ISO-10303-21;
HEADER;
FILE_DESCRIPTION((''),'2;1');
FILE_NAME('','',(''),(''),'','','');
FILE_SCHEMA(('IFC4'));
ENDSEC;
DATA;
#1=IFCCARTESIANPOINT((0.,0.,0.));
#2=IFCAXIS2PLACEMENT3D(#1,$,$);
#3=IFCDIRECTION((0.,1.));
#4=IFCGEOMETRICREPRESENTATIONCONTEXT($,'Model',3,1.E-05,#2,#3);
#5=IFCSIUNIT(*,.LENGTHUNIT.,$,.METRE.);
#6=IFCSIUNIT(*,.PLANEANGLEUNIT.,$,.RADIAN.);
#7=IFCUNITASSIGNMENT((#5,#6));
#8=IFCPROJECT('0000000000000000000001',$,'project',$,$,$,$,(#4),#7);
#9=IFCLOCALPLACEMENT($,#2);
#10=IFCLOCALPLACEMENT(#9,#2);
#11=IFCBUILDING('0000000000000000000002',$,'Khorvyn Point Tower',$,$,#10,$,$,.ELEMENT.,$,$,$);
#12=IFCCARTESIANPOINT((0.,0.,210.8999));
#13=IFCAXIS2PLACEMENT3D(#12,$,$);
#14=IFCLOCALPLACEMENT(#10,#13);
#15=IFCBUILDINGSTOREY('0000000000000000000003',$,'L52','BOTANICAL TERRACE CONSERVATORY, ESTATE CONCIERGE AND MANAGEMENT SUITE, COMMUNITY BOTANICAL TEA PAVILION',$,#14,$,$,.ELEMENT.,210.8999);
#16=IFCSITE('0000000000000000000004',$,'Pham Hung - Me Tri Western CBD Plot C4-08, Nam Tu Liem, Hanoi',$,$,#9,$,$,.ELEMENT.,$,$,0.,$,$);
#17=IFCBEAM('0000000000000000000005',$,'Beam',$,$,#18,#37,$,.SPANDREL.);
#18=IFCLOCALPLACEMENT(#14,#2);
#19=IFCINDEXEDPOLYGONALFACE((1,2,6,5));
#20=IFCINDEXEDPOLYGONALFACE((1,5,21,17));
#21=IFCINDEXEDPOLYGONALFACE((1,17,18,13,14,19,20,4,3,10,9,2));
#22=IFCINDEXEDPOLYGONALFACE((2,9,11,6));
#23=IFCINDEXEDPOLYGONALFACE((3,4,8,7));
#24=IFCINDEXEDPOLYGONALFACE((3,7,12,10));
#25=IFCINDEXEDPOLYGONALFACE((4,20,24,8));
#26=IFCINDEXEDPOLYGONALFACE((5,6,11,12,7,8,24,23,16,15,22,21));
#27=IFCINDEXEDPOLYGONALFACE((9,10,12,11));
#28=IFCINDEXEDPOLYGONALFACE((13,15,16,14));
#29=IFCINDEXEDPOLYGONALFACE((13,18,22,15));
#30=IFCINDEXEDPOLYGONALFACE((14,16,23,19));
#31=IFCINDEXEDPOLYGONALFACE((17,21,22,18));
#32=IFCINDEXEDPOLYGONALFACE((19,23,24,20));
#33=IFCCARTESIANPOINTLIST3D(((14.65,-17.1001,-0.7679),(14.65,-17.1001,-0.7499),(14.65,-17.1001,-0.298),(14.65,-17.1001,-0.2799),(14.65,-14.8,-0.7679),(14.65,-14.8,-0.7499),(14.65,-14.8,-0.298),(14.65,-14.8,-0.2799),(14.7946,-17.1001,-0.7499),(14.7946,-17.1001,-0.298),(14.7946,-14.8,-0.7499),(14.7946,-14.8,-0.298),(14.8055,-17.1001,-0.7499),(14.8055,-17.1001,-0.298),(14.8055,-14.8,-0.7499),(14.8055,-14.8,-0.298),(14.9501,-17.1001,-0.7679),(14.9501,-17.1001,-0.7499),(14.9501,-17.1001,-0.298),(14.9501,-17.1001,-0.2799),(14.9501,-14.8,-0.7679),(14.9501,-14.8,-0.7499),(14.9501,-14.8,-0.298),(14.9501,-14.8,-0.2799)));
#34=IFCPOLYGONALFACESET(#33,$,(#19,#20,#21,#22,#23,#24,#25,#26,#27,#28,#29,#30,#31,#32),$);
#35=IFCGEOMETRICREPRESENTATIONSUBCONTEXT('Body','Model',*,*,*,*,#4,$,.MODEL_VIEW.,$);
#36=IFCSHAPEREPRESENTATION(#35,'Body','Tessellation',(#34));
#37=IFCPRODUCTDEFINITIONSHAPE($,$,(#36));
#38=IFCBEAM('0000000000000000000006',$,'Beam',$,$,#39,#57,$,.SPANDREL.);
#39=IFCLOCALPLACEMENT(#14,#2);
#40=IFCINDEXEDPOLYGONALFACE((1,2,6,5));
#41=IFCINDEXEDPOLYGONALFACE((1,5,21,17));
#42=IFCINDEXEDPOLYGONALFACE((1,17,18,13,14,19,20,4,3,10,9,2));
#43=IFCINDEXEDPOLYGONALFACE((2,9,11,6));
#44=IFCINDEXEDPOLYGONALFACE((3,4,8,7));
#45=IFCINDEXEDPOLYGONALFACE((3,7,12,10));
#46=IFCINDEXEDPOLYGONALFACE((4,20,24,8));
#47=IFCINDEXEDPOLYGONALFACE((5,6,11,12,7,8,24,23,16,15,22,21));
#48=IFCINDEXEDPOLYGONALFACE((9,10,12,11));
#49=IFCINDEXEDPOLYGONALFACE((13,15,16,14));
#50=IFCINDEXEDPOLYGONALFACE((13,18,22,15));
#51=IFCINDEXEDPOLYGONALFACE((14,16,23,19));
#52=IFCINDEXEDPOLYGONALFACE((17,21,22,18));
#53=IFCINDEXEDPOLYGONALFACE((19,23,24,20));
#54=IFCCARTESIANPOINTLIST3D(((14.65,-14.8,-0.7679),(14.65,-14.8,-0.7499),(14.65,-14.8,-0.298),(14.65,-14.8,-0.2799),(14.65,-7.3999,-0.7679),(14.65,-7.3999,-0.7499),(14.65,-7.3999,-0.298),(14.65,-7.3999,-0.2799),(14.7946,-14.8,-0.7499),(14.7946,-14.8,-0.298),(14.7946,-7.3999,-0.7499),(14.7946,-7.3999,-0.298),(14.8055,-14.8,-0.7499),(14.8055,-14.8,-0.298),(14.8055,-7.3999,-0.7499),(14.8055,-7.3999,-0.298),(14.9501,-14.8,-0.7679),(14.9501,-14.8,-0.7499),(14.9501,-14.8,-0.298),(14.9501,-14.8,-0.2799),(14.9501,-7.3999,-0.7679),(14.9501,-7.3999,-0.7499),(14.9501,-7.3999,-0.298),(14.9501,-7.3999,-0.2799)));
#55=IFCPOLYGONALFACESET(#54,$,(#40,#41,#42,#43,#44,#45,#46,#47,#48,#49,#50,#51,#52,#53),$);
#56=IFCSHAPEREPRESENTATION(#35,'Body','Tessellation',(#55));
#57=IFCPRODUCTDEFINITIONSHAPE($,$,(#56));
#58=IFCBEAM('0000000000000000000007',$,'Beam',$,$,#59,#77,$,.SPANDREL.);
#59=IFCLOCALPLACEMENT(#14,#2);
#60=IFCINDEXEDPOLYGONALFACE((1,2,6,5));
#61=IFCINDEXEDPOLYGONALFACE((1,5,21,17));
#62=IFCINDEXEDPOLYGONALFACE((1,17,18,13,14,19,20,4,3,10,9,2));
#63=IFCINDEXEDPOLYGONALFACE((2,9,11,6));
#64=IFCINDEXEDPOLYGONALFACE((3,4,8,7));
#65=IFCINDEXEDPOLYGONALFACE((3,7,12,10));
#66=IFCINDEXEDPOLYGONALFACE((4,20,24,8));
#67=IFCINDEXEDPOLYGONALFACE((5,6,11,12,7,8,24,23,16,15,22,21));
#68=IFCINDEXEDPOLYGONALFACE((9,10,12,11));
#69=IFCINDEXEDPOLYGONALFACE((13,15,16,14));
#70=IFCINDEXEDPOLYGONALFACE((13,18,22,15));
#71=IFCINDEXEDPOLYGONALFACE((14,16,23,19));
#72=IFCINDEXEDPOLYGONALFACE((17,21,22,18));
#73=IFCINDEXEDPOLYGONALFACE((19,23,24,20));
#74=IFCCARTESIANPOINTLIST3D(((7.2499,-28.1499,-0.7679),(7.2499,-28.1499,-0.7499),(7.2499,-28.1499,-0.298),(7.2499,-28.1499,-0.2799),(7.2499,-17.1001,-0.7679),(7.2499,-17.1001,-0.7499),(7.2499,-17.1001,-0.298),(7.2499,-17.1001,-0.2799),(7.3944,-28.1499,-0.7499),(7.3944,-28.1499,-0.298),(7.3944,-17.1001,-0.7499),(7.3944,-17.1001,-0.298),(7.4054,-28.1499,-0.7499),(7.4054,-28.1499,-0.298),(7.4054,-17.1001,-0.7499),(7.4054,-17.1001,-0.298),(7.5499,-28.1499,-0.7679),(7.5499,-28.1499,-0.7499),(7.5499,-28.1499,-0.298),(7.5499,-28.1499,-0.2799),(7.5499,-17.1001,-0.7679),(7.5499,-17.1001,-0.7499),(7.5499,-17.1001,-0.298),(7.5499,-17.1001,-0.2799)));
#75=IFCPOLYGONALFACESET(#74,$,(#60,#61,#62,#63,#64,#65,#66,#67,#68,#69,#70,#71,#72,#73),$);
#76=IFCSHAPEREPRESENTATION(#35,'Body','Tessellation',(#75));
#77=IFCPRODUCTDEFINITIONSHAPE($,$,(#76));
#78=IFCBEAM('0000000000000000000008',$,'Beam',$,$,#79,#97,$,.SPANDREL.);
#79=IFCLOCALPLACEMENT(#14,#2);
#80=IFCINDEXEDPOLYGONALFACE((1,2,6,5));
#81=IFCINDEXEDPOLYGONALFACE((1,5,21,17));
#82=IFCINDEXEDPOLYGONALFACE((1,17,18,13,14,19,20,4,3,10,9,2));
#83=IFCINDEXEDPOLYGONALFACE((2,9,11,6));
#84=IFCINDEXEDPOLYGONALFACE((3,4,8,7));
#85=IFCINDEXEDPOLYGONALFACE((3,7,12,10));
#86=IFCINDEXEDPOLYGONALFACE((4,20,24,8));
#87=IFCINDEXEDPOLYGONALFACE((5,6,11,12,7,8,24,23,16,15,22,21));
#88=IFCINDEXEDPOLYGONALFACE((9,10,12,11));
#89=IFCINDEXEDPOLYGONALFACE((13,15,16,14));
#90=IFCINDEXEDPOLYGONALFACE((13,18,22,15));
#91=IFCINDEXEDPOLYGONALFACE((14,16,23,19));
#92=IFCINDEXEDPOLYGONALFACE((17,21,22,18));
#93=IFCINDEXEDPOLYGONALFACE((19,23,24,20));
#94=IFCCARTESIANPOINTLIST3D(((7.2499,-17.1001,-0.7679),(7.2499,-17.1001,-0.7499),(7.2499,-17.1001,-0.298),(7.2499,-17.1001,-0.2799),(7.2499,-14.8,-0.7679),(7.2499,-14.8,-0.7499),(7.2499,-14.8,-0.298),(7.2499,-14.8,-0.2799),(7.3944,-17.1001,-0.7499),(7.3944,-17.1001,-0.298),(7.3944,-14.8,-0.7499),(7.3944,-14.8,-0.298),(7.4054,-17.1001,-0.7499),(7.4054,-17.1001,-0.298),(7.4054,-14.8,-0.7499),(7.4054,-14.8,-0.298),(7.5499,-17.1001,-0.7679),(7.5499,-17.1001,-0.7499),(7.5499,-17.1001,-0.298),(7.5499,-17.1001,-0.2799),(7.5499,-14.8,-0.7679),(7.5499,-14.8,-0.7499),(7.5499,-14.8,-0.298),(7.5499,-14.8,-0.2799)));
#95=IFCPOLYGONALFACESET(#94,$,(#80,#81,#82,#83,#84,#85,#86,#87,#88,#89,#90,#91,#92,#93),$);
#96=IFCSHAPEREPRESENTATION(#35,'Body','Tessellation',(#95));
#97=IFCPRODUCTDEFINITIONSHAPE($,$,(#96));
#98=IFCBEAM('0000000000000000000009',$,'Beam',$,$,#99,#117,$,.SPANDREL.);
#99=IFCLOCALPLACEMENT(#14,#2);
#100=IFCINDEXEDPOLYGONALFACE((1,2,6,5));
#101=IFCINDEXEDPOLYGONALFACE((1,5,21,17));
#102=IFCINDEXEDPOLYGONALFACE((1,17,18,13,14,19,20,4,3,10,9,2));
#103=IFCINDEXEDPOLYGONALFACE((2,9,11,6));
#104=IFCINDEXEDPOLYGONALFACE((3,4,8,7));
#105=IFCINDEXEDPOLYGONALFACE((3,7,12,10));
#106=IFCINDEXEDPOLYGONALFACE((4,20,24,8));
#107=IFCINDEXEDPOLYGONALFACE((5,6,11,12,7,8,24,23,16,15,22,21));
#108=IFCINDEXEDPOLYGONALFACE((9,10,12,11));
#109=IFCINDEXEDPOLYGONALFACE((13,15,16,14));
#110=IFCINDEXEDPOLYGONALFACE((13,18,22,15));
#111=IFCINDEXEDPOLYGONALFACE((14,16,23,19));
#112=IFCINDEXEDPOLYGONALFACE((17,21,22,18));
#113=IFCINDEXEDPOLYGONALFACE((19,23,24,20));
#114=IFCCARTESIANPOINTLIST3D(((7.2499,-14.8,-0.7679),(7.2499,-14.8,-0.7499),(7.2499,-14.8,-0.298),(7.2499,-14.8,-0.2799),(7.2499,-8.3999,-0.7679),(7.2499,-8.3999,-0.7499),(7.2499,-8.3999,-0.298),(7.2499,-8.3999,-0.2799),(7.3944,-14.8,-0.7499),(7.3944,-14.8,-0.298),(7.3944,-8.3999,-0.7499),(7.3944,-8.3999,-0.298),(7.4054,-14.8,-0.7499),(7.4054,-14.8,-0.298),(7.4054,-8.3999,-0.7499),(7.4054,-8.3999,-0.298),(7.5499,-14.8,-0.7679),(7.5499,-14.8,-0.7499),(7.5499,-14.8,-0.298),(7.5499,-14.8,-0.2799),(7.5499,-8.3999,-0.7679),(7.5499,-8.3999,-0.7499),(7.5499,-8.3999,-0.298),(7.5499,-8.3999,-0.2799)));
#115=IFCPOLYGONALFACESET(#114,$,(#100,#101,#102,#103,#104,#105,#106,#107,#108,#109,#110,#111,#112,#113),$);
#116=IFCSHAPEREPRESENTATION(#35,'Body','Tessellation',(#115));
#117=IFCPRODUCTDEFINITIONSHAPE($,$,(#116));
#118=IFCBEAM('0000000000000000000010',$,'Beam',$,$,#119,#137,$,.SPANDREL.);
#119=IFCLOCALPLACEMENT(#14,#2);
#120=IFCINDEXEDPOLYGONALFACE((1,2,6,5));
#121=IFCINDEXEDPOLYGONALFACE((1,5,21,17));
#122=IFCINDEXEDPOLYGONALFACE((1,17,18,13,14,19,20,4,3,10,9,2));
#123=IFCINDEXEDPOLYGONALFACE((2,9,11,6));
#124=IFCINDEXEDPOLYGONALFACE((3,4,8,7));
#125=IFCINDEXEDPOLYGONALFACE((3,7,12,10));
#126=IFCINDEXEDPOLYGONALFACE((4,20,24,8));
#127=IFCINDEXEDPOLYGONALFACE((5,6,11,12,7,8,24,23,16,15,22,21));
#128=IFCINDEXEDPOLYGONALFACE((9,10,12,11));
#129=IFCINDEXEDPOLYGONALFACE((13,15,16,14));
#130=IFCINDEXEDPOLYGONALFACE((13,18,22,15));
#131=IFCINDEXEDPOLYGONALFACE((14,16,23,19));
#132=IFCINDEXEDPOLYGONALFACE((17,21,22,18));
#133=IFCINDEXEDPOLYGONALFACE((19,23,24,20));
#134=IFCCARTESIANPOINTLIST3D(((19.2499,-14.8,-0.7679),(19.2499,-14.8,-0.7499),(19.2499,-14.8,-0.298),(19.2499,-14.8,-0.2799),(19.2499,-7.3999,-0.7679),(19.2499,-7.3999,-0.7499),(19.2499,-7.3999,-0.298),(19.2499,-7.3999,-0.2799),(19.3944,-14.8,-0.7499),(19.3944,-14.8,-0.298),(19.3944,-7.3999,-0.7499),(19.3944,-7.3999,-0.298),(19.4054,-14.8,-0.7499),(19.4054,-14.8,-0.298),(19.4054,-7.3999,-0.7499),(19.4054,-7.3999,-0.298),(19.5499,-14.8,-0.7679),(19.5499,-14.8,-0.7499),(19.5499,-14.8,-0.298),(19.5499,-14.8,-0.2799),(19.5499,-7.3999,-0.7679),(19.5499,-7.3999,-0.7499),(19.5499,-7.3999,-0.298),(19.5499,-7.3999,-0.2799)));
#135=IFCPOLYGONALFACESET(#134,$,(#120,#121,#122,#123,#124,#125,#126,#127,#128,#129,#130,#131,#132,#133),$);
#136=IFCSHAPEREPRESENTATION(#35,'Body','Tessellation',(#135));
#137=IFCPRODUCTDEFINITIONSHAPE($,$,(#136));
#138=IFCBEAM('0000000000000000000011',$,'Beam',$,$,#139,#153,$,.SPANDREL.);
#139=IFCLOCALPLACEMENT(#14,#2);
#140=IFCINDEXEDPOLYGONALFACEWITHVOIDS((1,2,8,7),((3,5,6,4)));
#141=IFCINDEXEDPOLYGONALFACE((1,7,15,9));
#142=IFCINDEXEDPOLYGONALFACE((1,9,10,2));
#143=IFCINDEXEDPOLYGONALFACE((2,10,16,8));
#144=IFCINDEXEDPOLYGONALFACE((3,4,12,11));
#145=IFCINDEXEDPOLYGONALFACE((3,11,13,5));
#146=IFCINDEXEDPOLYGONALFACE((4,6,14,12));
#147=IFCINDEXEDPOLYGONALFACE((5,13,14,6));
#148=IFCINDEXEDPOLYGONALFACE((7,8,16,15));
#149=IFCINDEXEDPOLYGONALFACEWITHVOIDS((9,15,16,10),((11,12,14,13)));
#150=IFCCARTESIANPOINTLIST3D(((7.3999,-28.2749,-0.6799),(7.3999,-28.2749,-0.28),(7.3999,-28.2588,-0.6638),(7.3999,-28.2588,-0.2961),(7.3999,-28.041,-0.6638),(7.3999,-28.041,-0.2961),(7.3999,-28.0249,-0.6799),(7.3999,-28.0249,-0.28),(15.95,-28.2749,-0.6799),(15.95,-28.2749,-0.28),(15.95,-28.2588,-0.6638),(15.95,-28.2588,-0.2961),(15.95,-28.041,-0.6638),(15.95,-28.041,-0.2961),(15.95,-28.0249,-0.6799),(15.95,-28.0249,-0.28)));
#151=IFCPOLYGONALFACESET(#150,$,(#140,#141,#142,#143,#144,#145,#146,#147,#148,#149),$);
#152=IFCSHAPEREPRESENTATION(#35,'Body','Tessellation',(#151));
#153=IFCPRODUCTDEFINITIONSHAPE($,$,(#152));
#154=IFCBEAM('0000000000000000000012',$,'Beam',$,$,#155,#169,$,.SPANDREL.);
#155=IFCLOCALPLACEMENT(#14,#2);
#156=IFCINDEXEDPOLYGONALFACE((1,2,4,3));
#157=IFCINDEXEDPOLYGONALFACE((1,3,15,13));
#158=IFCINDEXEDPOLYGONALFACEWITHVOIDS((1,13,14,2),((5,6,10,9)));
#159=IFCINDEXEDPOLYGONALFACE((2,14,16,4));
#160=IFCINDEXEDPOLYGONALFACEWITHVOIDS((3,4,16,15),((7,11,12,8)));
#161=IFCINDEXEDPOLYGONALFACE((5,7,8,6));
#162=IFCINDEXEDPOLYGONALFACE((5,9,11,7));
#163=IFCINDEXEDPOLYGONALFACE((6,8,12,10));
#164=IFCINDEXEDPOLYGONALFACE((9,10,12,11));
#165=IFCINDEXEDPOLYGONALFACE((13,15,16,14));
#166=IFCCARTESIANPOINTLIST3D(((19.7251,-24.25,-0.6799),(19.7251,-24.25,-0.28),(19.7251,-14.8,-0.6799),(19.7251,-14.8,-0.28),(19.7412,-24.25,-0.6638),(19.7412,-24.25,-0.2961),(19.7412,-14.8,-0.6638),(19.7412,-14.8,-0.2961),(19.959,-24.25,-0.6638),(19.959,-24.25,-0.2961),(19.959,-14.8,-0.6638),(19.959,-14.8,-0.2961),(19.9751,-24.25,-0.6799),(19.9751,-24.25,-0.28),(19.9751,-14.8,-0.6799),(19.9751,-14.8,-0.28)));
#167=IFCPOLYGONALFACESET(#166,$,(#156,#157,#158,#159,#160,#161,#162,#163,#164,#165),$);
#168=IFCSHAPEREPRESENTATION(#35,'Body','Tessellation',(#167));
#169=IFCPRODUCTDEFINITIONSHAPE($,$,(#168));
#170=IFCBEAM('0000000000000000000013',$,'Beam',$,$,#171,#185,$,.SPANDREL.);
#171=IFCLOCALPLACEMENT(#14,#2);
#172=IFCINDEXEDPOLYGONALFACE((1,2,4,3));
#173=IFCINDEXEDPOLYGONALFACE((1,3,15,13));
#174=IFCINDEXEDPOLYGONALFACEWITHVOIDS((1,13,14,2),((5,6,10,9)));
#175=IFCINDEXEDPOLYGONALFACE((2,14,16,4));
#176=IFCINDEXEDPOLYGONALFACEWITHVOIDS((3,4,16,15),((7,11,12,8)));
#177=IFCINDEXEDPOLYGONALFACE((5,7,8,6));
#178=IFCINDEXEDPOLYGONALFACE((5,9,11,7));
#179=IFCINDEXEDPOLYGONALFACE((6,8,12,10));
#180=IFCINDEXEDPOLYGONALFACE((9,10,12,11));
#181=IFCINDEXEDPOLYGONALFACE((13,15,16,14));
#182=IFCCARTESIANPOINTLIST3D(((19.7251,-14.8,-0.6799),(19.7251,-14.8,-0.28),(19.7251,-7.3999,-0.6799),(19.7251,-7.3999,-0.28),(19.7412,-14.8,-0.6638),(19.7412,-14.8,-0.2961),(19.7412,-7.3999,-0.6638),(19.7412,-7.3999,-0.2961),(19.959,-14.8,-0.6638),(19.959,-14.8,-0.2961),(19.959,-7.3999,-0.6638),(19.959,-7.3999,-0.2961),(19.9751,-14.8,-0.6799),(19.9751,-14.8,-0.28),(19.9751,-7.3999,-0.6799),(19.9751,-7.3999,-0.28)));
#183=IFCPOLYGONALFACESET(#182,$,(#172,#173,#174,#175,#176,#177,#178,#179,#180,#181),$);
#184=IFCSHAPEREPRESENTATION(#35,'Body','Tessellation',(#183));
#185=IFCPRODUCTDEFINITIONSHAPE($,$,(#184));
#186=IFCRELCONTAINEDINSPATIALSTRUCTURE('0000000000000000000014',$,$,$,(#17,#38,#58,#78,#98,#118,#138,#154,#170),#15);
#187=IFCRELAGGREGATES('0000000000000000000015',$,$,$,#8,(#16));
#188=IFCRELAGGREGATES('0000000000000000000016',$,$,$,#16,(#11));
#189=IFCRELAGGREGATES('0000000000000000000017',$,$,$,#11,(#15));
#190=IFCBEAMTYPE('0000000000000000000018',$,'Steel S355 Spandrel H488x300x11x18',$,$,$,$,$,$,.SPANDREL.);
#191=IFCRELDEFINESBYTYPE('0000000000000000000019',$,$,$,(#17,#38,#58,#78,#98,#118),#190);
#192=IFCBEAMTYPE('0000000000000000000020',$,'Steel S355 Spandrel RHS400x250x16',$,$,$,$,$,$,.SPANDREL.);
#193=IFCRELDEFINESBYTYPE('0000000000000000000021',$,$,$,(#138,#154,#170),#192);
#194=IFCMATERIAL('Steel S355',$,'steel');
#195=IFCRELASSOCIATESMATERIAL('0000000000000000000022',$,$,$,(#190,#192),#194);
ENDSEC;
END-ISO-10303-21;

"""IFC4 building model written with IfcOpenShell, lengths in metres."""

from ifc_helpers import new_model, si_unit, direction, frame, origin, origin_2d, place, context, subcontext, project, spatial, hollow_rectangle, i_section, extrude, material, material_profile, profile_set, type_object, element, save


model = new_model("IFC4")

# Units and contexts
model_context = context("Model", 3, precision=1e-05, world=origin(), true_north=direction((0.0, 1.0)))
body_context = subcontext(model_context, "Body", "Model", "MODEL_VIEW")
ifc_project = project(units=[si_unit("LENGTHUNIT", "METRE"), si_unit("PLANEANGLEUNIT", "RADIAN")], contexts=[model_context])

# Site, building, storey
site_placement = place(None, origin())
site = spatial("IfcSite", under=ifc_project, at=site_placement, Name="Pham Hung - Me Tri Western CBD Plot C4-08, Nam Tu Liem, Hanoi", CompositionType="ELEMENT", RefElevation=0.0)
building_placement = place(site_placement, origin())
building = spatial("IfcBuilding", under=site, at=building_placement, Name="Khorvyn Point Tower", CompositionType="ELEMENT")
storey_placement = place(building_placement, frame((0.0, 0.0, 210.8999)))
storey = spatial("IfcBuildingStorey", under=building, at=storey_placement, Name="L52", Description="BOTANICAL TERRACE CONSERVATORY, ESTATE CONCIERGE AND MANAGEMENT SUITE, COMMUNITY BOTANICAL TEA PAVILION", CompositionType="ELEMENT", Elevation=210.8999)

# Beams
ifc_material_1 = material(Name="Steel S355", Category="steel")
ifc_material_profile_1 = material_profile(ifc_material_1, i_section(OverallWidth=0.3, OverallDepth=0.488, WebThickness=0.011, FlangeThickness=0.0181, at=origin_2d()))
ifc_profile_set_1 = profile_set([ifc_material_profile_1], Name="Steel S355 H488x300x11x18")
beam_type_1 = type_object("IfcBeamType", Name="Steel S355 Spandrel H488x300x11x18", PredefinedType="SPANDREL", material=ifc_profile_set_1)
beam_1_placement = place(storey_placement, frame((14.8, -17.1001, -0.5239), z_axis=(0.0, 1.0, 0.0), x_axis=(-1.0, 0.0, 0.0)))
element("IfcBeam", 1, at=beam_1_placement, inside=storey, type_object=beam_type_1, Name="Beam", PredefinedType="SPANDREL", context=body_context, shape_type="SweptSolid", body=[
    extrude(i_section(OverallWidth=0.3, OverallDepth=0.488, WebThickness=0.011, FlangeThickness=0.0181, at=origin_2d()), origin(), (0.0, 0.0, 1.0), 2.3),
])
beam_2_placement = place(storey_placement, frame((14.8, -14.8, -0.5239), z_axis=(0.0, 1.0, 0.0), x_axis=(-1.0, 0.0, 0.0)))
element("IfcBeam", 2, at=beam_2_placement, inside=storey, type_object=beam_type_1, Name="Beam", PredefinedType="SPANDREL", context=body_context, shape_type="SweptSolid", body=[
    extrude(i_section(OverallWidth=0.3, OverallDepth=0.488, WebThickness=0.011, FlangeThickness=0.0181, at=origin_2d()), origin(), (0.0, 0.0, 1.0), 7.4001),
])
beam_3_placement = place(storey_placement, frame((7.3999, -28.1499, -0.5239), z_axis=(0.0, 1.0, 0.0), x_axis=(-1.0, 0.0, 0.0)))
element("IfcBeam", 3, at=beam_3_placement, inside=storey, type_object=beam_type_1, Name="Beam", PredefinedType="SPANDREL", context=body_context, shape_type="SweptSolid", body=[
    extrude(i_section(OverallWidth=0.3, OverallDepth=0.488, WebThickness=0.011, FlangeThickness=0.0181, at=origin_2d()), origin(), (0.0, 0.0, 1.0), 11.0498),
])
beam_4_placement = place(storey_placement, frame((7.3999, -17.1001, -0.5239), z_axis=(0.0, 1.0, 0.0), x_axis=(-1.0, 0.0, 0.0)))
element("IfcBeam", 4, at=beam_4_placement, inside=storey, type_object=beam_type_1, Name="Beam", PredefinedType="SPANDREL", context=body_context, shape_type="SweptSolid", body=[
    extrude(i_section(OverallWidth=0.3, OverallDepth=0.488, WebThickness=0.011, FlangeThickness=0.0181, at=origin_2d()), origin(), (0.0, 0.0, 1.0), 2.3),
])
beam_5_placement = place(storey_placement, frame((7.3999, -14.8, -0.5239), z_axis=(0.0, 1.0, 0.0), x_axis=(-1.0, 0.0, 0.0)))
element("IfcBeam", 5, at=beam_5_placement, inside=storey, type_object=beam_type_1, Name="Beam", PredefinedType="SPANDREL", context=body_context, shape_type="SweptSolid", body=[
    extrude(i_section(OverallWidth=0.3, OverallDepth=0.488, WebThickness=0.011, FlangeThickness=0.0181, at=origin_2d()), origin(), (0.0, 0.0, 1.0), 6.4001),
])
beam_6_placement = place(storey_placement, frame((19.3999, -14.8, -0.5239), z_axis=(0.0, 1.0, 0.0), x_axis=(-1.0, 0.0, 0.0)))
element("IfcBeam", 6, at=beam_6_placement, inside=storey, type_object=beam_type_1, Name="Beam", PredefinedType="SPANDREL", context=body_context, shape_type="SweptSolid", body=[
    extrude(i_section(OverallWidth=0.3, OverallDepth=0.488, WebThickness=0.011, FlangeThickness=0.0181, at=origin_2d()), origin(), (0.0, 0.0, 1.0), 7.4001),
])
ifc_material_profile_2 = material_profile(ifc_material_1, hollow_rectangle(XDim=0.25, YDim=0.3999, WallThickness=0.0161, at=origin_2d()))
ifc_profile_set_2 = profile_set([ifc_material_profile_2], Name="Steel S355 RHS400x250x16")
beam_type_2 = type_object("IfcBeamType", Name="Steel S355 Spandrel RHS400x250x16", PredefinedType="SPANDREL", material=ifc_profile_set_2)
beam_7_placement = place(storey_placement, frame((7.3999, -28.1499, -0.48), z_axis=(1.0, 0.0, 0.0), x_axis=(0.0, 1.0, 0.0)))
element("IfcBeam", 7, at=beam_7_placement, inside=storey, type_object=beam_type_2, Name="Beam", PredefinedType="SPANDREL", context=body_context, shape_type="SweptSolid", body=[
    extrude(hollow_rectangle(XDim=0.25, YDim=0.3999, WallThickness=0.0161, at=origin_2d()), origin(), (0.0, 0.0, 1.0), 8.55),
])
beam_8_placement = place(storey_placement, frame((19.8501, -24.25, -0.48), z_axis=(0.0, 1.0, 0.0), x_axis=(-1.0, 0.0, 0.0)))
element("IfcBeam", 8, at=beam_8_placement, inside=storey, type_object=beam_type_2, Name="Beam", PredefinedType="SPANDREL", context=body_context, shape_type="SweptSolid", body=[
    extrude(hollow_rectangle(XDim=0.25, YDim=0.3999, WallThickness=0.0161, at=origin_2d()), origin(), (0.0, 0.0, 1.0), 9.45),
])
beam_9_placement = place(storey_placement, frame((19.8501, -14.8, -0.48), z_axis=(0.0, 1.0, 0.0), x_axis=(-1.0, 0.0, 0.0)))
element("IfcBeam", 9, at=beam_9_placement, inside=storey, type_object=beam_type_2, Name="Beam", PredefinedType="SPANDREL", context=body_context, shape_type="SweptSolid", body=[
    extrude(hollow_rectangle(XDim=0.25, YDim=0.3999, WallThickness=0.0161, at=origin_2d()), origin(), (0.0, 0.0, 1.0), 7.4001),
])

save(model, "model.ifc")
